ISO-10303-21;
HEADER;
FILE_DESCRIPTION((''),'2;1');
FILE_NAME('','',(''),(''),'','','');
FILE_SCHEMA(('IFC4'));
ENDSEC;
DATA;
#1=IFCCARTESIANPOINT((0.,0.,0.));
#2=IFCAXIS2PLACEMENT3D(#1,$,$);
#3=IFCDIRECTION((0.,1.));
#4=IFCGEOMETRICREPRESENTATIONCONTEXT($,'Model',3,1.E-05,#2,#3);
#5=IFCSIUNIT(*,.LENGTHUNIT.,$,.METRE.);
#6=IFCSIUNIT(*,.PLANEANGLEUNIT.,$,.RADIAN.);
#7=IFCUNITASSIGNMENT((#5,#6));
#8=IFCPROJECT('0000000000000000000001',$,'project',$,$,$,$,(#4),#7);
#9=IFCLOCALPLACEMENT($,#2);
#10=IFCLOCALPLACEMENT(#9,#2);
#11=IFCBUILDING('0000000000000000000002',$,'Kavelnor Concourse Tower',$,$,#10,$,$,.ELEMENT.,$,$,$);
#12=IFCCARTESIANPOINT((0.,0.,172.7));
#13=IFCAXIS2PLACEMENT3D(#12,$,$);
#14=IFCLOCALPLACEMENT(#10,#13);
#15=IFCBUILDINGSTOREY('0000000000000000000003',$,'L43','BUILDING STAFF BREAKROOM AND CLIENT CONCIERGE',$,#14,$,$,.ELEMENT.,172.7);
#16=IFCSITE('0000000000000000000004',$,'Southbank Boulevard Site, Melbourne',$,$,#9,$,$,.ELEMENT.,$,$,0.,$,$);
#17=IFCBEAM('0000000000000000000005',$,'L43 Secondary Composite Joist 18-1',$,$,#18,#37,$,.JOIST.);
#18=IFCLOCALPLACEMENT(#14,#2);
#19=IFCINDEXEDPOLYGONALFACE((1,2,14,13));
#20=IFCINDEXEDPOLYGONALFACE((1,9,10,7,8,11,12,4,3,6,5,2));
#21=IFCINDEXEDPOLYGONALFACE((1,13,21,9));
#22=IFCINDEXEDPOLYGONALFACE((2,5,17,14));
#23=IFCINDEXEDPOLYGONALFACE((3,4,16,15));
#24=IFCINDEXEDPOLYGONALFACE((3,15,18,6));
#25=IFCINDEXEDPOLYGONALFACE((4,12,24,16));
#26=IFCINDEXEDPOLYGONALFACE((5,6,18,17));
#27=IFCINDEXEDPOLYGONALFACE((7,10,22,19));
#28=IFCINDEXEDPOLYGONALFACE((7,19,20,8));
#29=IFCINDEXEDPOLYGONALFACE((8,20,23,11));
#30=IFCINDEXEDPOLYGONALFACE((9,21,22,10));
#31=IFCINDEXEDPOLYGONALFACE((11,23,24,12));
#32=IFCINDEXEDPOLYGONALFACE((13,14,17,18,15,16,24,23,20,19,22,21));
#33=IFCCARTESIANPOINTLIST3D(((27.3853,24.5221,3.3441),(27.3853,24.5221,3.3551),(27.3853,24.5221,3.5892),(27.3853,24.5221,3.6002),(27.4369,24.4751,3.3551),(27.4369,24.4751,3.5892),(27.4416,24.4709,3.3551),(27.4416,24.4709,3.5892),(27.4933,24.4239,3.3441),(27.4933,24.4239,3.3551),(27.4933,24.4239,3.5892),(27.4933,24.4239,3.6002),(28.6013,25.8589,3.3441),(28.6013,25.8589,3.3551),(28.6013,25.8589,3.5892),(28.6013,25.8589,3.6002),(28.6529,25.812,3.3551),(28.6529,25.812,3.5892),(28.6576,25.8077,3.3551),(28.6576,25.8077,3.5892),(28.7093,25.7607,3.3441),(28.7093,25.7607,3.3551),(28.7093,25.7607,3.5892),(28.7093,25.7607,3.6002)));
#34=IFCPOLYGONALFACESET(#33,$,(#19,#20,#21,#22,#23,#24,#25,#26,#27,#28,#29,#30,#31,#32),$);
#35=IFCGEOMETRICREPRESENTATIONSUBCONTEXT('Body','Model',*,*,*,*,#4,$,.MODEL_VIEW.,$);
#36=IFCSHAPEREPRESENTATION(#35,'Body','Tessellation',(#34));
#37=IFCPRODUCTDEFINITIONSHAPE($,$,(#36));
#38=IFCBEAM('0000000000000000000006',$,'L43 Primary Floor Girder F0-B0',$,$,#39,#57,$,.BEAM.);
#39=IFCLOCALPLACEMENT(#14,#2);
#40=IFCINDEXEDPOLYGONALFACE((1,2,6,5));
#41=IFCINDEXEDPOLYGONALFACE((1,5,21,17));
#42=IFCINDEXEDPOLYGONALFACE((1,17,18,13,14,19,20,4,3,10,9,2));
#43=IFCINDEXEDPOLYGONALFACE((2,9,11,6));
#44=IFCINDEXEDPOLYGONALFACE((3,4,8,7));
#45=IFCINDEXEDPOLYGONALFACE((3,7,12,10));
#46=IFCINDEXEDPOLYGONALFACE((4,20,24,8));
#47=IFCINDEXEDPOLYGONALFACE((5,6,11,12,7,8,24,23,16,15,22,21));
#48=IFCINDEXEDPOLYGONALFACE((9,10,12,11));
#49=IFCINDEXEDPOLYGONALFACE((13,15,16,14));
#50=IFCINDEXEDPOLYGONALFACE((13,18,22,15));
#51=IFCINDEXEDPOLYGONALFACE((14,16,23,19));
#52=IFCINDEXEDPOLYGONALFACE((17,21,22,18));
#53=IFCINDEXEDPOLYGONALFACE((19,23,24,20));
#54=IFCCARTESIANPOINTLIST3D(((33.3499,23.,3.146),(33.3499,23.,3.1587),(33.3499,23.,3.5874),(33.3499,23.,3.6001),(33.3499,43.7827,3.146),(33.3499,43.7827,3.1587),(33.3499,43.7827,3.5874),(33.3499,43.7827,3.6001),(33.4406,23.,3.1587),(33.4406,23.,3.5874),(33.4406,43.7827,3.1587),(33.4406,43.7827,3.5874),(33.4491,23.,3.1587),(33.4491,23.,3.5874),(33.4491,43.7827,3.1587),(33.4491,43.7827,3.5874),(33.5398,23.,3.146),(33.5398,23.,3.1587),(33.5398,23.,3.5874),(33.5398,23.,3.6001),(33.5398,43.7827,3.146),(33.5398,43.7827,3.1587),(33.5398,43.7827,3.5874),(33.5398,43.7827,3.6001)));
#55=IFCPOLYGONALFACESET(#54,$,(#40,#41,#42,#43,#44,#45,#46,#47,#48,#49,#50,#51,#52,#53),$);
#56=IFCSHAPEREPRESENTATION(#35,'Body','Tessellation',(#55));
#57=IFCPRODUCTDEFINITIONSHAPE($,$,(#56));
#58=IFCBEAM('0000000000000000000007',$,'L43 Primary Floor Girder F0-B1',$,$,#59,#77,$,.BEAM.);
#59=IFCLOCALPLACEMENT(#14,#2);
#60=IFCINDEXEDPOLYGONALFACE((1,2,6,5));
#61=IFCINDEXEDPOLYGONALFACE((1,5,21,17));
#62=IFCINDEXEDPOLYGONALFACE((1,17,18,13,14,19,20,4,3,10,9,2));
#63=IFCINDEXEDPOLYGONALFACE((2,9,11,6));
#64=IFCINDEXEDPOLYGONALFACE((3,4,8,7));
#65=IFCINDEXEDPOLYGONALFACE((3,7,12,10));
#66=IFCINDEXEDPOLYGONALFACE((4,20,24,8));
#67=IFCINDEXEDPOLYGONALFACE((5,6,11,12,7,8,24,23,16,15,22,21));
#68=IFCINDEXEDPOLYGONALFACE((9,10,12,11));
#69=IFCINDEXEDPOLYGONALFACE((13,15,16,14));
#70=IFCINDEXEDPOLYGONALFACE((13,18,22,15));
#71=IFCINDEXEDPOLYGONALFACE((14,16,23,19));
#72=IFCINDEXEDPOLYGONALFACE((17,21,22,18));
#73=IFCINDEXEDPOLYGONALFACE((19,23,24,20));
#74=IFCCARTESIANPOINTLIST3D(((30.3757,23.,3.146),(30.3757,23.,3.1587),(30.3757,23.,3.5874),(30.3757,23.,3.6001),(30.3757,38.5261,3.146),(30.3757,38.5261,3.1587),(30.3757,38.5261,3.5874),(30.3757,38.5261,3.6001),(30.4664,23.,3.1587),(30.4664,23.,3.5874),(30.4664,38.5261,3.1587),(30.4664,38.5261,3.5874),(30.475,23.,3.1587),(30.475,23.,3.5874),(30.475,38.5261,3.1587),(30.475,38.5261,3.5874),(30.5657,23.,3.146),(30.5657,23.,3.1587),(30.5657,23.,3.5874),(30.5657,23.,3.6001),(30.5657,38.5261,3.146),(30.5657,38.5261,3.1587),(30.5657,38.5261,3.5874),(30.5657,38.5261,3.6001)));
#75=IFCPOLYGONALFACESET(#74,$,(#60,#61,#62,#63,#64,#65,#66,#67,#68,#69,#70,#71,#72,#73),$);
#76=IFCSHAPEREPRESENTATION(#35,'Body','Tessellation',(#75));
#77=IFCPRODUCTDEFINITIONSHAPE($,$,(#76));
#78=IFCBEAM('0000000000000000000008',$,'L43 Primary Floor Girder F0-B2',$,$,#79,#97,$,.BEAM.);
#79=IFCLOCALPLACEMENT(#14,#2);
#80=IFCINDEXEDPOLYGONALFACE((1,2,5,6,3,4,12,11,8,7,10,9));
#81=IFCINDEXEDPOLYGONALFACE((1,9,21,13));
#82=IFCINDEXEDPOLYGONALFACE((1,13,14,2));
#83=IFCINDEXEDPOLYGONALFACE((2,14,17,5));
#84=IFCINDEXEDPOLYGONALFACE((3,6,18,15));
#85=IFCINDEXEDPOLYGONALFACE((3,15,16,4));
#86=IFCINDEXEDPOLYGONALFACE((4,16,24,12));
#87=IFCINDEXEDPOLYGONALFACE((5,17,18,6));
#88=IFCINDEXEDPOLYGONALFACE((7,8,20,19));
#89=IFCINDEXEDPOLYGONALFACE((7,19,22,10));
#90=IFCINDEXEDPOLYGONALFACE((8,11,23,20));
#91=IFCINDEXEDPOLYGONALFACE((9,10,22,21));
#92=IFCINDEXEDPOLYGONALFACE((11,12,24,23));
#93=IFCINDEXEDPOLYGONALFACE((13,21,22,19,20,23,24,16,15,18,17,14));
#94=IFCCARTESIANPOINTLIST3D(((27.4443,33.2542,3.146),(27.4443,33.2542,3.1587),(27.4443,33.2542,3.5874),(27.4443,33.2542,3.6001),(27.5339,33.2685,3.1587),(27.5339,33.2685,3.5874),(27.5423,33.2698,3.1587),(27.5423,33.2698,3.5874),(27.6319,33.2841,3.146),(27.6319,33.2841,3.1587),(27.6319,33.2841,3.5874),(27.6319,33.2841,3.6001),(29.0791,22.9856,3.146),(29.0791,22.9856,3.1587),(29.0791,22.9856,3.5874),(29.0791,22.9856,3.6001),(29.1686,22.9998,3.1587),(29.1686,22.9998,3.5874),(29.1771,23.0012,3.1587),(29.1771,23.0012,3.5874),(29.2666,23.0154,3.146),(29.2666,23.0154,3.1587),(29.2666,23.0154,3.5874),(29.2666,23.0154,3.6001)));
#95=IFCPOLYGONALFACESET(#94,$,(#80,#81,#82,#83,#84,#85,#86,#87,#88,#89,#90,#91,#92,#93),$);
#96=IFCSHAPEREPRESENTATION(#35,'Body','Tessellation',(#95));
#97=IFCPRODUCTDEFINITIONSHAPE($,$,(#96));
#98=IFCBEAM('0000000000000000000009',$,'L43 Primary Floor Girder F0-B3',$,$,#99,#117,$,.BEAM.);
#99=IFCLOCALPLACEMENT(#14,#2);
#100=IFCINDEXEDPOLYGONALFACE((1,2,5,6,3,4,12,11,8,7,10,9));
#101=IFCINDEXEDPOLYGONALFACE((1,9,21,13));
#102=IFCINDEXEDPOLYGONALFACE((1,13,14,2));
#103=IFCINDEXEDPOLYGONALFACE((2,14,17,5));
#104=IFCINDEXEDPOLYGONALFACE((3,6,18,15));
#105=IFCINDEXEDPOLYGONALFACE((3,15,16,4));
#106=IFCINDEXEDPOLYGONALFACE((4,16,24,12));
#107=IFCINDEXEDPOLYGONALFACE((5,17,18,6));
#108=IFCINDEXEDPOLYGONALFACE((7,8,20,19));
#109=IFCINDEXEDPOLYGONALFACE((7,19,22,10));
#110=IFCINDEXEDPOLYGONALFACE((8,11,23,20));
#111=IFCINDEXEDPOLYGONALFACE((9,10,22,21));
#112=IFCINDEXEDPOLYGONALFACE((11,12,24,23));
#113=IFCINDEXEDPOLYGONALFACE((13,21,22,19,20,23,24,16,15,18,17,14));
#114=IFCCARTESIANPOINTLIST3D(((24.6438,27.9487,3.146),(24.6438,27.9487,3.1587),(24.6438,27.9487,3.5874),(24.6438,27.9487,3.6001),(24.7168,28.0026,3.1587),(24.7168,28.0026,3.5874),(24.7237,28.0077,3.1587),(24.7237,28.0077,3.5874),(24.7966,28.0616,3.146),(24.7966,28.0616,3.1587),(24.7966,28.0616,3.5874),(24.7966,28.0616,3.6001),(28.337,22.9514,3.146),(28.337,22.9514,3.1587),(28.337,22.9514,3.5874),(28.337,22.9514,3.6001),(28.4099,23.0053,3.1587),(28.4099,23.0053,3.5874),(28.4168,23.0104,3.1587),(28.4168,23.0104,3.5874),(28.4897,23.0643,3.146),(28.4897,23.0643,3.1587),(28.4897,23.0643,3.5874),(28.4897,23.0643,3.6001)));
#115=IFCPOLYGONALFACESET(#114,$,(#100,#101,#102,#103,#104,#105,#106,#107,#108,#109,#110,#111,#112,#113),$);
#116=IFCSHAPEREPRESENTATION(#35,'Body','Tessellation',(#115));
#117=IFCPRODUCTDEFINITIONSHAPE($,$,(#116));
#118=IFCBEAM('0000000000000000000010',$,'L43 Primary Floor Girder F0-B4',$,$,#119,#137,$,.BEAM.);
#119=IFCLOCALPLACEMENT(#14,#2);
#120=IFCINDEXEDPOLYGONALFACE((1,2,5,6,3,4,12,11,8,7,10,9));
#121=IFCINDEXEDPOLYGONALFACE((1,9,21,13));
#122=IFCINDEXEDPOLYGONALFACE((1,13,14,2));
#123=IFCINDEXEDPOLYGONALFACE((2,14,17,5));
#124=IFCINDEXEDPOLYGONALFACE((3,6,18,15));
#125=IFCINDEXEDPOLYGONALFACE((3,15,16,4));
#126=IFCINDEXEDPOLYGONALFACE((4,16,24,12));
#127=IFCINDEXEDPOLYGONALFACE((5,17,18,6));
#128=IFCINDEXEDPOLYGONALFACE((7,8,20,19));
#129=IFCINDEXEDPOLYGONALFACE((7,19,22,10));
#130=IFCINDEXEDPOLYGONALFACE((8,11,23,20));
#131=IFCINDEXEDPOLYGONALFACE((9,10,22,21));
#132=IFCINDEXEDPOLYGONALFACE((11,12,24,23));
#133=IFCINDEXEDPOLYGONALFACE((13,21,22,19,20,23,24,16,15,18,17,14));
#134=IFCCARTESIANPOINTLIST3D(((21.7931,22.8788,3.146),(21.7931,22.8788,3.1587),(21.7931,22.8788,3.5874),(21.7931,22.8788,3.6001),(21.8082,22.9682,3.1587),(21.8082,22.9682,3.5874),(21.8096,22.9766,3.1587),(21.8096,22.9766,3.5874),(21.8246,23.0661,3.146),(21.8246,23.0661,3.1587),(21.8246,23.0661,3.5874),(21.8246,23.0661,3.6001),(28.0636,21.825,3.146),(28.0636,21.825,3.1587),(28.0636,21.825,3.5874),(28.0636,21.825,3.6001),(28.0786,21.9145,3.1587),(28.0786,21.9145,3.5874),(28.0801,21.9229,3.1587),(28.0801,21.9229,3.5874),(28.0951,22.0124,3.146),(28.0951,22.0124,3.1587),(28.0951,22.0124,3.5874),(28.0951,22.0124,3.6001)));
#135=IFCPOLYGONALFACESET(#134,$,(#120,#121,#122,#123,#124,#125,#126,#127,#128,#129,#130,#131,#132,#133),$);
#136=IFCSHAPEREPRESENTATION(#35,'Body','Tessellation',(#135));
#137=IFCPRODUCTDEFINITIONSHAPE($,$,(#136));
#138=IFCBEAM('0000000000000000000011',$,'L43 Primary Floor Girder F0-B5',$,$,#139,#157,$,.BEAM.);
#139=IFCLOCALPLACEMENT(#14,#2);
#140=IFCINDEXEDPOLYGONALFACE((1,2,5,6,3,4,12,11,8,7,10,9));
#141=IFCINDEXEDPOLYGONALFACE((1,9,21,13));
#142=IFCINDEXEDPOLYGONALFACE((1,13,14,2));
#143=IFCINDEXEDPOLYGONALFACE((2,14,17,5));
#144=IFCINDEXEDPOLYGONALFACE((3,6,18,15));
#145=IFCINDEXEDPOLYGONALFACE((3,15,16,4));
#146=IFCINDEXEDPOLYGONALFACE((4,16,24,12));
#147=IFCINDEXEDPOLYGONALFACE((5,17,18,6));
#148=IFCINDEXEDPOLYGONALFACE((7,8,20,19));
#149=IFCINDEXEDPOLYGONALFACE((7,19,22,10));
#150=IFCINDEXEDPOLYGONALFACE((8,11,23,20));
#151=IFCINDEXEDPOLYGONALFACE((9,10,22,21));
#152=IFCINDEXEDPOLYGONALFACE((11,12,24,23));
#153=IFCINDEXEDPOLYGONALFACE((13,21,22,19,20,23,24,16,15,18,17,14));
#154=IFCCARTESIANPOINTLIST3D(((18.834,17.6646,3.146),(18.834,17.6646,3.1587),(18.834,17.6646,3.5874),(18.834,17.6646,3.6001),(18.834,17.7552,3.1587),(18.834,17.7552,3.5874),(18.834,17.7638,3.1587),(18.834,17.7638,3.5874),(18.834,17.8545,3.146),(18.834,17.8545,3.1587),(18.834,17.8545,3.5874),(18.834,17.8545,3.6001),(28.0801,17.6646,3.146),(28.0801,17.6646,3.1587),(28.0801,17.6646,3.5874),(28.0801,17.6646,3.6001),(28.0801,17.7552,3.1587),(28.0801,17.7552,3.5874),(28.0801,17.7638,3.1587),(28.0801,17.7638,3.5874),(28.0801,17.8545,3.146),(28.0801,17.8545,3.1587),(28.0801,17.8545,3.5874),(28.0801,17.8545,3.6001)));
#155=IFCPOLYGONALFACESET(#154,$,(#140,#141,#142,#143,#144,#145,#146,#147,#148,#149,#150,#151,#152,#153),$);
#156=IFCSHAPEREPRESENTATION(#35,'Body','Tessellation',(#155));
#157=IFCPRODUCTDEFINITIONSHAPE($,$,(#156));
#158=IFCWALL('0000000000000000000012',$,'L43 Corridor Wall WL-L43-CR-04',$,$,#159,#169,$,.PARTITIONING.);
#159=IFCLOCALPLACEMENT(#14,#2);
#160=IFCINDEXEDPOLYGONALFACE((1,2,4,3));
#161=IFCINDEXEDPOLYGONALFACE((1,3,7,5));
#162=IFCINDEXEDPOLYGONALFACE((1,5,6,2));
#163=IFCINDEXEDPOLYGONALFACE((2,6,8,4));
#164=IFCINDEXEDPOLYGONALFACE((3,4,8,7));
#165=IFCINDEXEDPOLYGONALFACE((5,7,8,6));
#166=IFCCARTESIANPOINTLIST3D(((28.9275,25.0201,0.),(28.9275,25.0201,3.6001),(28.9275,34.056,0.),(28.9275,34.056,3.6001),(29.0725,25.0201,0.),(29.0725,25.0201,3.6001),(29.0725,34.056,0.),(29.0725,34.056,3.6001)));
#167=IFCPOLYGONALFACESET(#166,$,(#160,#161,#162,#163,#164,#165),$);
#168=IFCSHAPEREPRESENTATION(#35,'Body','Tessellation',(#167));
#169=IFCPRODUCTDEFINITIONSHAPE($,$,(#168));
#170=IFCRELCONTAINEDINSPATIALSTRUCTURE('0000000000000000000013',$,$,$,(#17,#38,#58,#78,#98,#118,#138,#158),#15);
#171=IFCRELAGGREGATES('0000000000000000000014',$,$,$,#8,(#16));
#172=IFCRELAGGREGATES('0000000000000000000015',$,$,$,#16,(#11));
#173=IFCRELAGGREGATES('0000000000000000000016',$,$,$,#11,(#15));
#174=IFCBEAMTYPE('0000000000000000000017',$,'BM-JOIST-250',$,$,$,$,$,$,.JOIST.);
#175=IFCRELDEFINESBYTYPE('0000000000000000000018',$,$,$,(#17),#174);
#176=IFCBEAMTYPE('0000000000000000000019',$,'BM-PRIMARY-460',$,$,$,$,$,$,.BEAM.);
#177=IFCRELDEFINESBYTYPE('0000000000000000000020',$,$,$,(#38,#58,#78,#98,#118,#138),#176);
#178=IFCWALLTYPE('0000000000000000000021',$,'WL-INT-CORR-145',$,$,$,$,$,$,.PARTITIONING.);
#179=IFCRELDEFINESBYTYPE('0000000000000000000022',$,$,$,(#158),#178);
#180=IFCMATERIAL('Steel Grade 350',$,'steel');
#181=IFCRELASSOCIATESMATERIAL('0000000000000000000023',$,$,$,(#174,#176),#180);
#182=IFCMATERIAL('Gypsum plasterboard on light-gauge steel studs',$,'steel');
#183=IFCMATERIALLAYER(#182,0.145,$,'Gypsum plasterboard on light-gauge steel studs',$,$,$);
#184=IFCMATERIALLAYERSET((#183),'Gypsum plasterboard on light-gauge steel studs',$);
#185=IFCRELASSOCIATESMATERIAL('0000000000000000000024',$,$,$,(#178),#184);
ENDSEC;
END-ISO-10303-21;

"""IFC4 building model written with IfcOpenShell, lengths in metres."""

from ifc_helpers import new_model, si_unit, direction, frame, frame_2d, origin, origin_2d, place, context, subcontext, project, spatial, rectangle, i_section, extrude, material, layer, layer_set, material_profile, profile_set, type_object, element, save


model = new_model("IFC4")

# Units and contexts
model_context = context("Model", 3, precision=1e-05, world=origin(), true_north=direction((0.0, 1.0)))
body_context = subcontext(model_context, "Body", "Model", "MODEL_VIEW")
ifc_project = project(units=[si_unit("LENGTHUNIT", "METRE"), si_unit("PLANEANGLEUNIT", "RADIAN")], contexts=[model_context])

# Site, building, storey
site_placement = place(None, origin())
site = spatial("IfcSite", under=ifc_project, at=site_placement, Name="Southbank Boulevard Site, Melbourne", CompositionType="ELEMENT", RefElevation=0.0)
building_placement = place(site_placement, origin())
building = spatial("IfcBuilding", under=site, at=building_placement, Name="Kavelnor Concourse Tower", CompositionType="ELEMENT")
storey_placement = place(building_placement, frame((0.0, 0.0, 172.7)))
storey = spatial("IfcBuildingStorey", under=building, at=storey_placement, Name="L43", Description="BUILDING STAFF BREAKROOM AND CLIENT CONCIERGE", CompositionType="ELEMENT", Elevation=172.7)

# Beams
ifc_material_1 = material(Name="Steel Grade 350", Category="steel")
ifc_material_profile_1 = material_profile(ifc_material_1, i_section(OverallWidth=0.146, OverallDepth=0.2561, WebThickness=0.0063, FlangeThickness=0.011, at=origin_2d()), Name="250UB37")
ifc_profile_set_1 = profile_set([ifc_material_profile_1], Name="Steel Grade 350")
beam_type_1 = type_object("IfcBeamType", Name="BM-JOIST-250", PredefinedType="JOIST", material=ifc_profile_set_1)
beam_1_placement = place(storey_placement, frame((28.6553, 25.8098, 3.4722), z_axis=(-0.672881, -0.739751, 0.0), x_axis=(0.739751, -0.672881, 0.0)))
element("IfcBeam", 1, at=beam_1_placement, inside=storey, type_object=beam_type_1, Name="L43 Secondary Composite Joist 18-1", PredefinedType="JOIST", context=body_context, shape_type="SweptSolid", body=[
    extrude(i_section(OverallWidth=0.146, OverallDepth=0.2561, WebThickness=0.0063, FlangeThickness=0.011, at=origin_2d()), origin(), (0.0, 0.0, 1.0), 1.8071),
])
ifc_material_profile_2 = material_profile(ifc_material_1, i_section(OverallWidth=0.1899, OverallDepth=0.4541, WebThickness=0.0085, FlangeThickness=0.0127, at=origin_2d()), Name="460UB67")
ifc_profile_set_2 = profile_set([ifc_material_profile_2], Name="Steel Grade 350")
beam_type_2 = type_object("IfcBeamType", Name="BM-PRIMARY-460", PredefinedType="BEAM", material=ifc_profile_set_2)
beam_2_placement = place(storey_placement, frame((33.4448, 23.0, 3.373), z_axis=(0.0, 1.0, 0.0), x_axis=(-1.0, 0.0, 0.0)))
element("IfcBeam", 2, at=beam_2_placement, inside=storey, type_object=beam_type_2, Name="L43 Primary Floor Girder F0-B0", PredefinedType="BEAM", context=body_context, shape_type="SweptSolid", body=[
    extrude(i_section(OverallWidth=0.1899, OverallDepth=0.4541, WebThickness=0.0085, FlangeThickness=0.0127, at=origin_2d()), origin(), (0.0, 0.0, 1.0), 20.7827),
])
beam_3_placement = place(storey_placement, frame((30.4707, 23.0, 3.373), z_axis=(0.0, 1.0, 0.0), x_axis=(-1.0, 0.0, 0.0)))
element("IfcBeam", 3, at=beam_3_placement, inside=storey, type_object=beam_type_2, Name="L43 Primary Floor Girder F0-B1", PredefinedType="BEAM", context=body_context, shape_type="SweptSolid", body=[
    extrude(i_section(OverallWidth=0.1899, OverallDepth=0.4541, WebThickness=0.0085, FlangeThickness=0.0127, at=origin_2d()), origin(), (0.0, 0.0, 1.0), 15.5261),
])
beam_4_placement = place(storey_placement, frame((29.1729, 23.0005, 3.373), z_axis=(-0.157221, 0.987563, 0.0), x_axis=(-0.987563, -0.157221, 0.0)))
element("IfcBeam", 4, at=beam_4_placement, inside=storey, type_object=beam_type_2, Name="L43 Primary Floor Girder F0-B2", PredefinedType="BEAM", context=body_context, shape_type="SweptSolid", body=[
    extrude(i_section(OverallWidth=0.1899, OverallDepth=0.4541, WebThickness=0.0085, FlangeThickness=0.0127, at=origin_2d()), origin(), (0.0, 0.0, 1.0), 10.3979),
])
beam_5_placement = place(storey_placement, frame((28.4133, 23.0078, 3.373), z_axis=(-0.594334, 0.804219, 0.0), x_axis=(-0.804219, -0.594334, 0.0)))
element("IfcBeam", 5, at=beam_5_placement, inside=storey, type_object=beam_type_2, Name="L43 Primary Floor Girder F0-B3", PredefinedType="BEAM", context=body_context, shape_type="SweptSolid", body=[
    extrude(i_section(OverallWidth=0.1899, OverallDepth=0.4541, WebThickness=0.0085, FlangeThickness=0.0127, at=origin_2d()), origin(), (0.0, 0.0, 1.0), 6.2139),
])
beam_6_placement = place(storey_placement, frame((28.0793, 21.9187, 3.373), z_axis=(-0.986173, 0.165719, 0.0), x_axis=(-0.165719, -0.986173, 0.0)))
element("IfcBeam", 6, at=beam_6_placement, inside=storey, type_object=beam_type_2, Name="L43 Primary Floor Girder F0-B4", PredefinedType="BEAM", context=body_context, shape_type="SweptSolid", body=[
    extrude(i_section(OverallWidth=0.1899, OverallDepth=0.4541, WebThickness=0.0085, FlangeThickness=0.0127, at=origin_2d()), origin(), (0.0, 0.0, 1.0), 6.3584),
])
beam_7_placement = place(storey_placement, frame((28.0801, 17.7595, 3.373), z_axis=(-1.0, 0.0, 0.0), x_axis=(0.0, -1.0, 0.0)))
element("IfcBeam", 7, at=beam_7_placement, inside=storey, type_object=beam_type_2, Name="L43 Primary Floor Girder F0-B5", PredefinedType="BEAM", context=body_context, shape_type="SweptSolid", body=[
    extrude(i_section(OverallWidth=0.1899, OverallDepth=0.4541, WebThickness=0.0085, FlangeThickness=0.0127, at=origin_2d()), origin(), (0.0, 0.0, 1.0), 9.2461),
])

# Wall
ifc_material_2 = material(Name="Gypsum plasterboard on light-gauge steel studs", Category="steel")
ifc_layer_1 = layer(ifc_material_2, 0.145, Name="Gypsum plasterboard on light-gauge steel studs")
ifc_layer_set_1 = layer_set([ifc_layer_1], Name="Gypsum plasterboard on light-gauge steel studs")
wall_type_1 = type_object("IfcWallType", Name="WL-INT-CORR-145", PredefinedType="PARTITIONING", material=ifc_layer_set_1)
wall_1_placement = place(storey_placement, frame((29.0, 25.02, 0.0), z_axis=(0.0, 0.0, 1.0), x_axis=(0.0, 1.0, 0.0)))
element("IfcWall", 8, at=wall_1_placement, inside=storey, type_object=wall_type_1, Name="L43 Corridor Wall WL-L43-CR-04", PredefinedType="PARTITIONING", context=body_context, shape_type="SweptSolid", body=[
    extrude(rectangle(XDim=9.0359, YDim=0.145, at=frame_2d((4.5181, 0.0))), origin(), (0.0, 0.0, 1.0), 3.6001),
])

save(model, "model.ifc")
